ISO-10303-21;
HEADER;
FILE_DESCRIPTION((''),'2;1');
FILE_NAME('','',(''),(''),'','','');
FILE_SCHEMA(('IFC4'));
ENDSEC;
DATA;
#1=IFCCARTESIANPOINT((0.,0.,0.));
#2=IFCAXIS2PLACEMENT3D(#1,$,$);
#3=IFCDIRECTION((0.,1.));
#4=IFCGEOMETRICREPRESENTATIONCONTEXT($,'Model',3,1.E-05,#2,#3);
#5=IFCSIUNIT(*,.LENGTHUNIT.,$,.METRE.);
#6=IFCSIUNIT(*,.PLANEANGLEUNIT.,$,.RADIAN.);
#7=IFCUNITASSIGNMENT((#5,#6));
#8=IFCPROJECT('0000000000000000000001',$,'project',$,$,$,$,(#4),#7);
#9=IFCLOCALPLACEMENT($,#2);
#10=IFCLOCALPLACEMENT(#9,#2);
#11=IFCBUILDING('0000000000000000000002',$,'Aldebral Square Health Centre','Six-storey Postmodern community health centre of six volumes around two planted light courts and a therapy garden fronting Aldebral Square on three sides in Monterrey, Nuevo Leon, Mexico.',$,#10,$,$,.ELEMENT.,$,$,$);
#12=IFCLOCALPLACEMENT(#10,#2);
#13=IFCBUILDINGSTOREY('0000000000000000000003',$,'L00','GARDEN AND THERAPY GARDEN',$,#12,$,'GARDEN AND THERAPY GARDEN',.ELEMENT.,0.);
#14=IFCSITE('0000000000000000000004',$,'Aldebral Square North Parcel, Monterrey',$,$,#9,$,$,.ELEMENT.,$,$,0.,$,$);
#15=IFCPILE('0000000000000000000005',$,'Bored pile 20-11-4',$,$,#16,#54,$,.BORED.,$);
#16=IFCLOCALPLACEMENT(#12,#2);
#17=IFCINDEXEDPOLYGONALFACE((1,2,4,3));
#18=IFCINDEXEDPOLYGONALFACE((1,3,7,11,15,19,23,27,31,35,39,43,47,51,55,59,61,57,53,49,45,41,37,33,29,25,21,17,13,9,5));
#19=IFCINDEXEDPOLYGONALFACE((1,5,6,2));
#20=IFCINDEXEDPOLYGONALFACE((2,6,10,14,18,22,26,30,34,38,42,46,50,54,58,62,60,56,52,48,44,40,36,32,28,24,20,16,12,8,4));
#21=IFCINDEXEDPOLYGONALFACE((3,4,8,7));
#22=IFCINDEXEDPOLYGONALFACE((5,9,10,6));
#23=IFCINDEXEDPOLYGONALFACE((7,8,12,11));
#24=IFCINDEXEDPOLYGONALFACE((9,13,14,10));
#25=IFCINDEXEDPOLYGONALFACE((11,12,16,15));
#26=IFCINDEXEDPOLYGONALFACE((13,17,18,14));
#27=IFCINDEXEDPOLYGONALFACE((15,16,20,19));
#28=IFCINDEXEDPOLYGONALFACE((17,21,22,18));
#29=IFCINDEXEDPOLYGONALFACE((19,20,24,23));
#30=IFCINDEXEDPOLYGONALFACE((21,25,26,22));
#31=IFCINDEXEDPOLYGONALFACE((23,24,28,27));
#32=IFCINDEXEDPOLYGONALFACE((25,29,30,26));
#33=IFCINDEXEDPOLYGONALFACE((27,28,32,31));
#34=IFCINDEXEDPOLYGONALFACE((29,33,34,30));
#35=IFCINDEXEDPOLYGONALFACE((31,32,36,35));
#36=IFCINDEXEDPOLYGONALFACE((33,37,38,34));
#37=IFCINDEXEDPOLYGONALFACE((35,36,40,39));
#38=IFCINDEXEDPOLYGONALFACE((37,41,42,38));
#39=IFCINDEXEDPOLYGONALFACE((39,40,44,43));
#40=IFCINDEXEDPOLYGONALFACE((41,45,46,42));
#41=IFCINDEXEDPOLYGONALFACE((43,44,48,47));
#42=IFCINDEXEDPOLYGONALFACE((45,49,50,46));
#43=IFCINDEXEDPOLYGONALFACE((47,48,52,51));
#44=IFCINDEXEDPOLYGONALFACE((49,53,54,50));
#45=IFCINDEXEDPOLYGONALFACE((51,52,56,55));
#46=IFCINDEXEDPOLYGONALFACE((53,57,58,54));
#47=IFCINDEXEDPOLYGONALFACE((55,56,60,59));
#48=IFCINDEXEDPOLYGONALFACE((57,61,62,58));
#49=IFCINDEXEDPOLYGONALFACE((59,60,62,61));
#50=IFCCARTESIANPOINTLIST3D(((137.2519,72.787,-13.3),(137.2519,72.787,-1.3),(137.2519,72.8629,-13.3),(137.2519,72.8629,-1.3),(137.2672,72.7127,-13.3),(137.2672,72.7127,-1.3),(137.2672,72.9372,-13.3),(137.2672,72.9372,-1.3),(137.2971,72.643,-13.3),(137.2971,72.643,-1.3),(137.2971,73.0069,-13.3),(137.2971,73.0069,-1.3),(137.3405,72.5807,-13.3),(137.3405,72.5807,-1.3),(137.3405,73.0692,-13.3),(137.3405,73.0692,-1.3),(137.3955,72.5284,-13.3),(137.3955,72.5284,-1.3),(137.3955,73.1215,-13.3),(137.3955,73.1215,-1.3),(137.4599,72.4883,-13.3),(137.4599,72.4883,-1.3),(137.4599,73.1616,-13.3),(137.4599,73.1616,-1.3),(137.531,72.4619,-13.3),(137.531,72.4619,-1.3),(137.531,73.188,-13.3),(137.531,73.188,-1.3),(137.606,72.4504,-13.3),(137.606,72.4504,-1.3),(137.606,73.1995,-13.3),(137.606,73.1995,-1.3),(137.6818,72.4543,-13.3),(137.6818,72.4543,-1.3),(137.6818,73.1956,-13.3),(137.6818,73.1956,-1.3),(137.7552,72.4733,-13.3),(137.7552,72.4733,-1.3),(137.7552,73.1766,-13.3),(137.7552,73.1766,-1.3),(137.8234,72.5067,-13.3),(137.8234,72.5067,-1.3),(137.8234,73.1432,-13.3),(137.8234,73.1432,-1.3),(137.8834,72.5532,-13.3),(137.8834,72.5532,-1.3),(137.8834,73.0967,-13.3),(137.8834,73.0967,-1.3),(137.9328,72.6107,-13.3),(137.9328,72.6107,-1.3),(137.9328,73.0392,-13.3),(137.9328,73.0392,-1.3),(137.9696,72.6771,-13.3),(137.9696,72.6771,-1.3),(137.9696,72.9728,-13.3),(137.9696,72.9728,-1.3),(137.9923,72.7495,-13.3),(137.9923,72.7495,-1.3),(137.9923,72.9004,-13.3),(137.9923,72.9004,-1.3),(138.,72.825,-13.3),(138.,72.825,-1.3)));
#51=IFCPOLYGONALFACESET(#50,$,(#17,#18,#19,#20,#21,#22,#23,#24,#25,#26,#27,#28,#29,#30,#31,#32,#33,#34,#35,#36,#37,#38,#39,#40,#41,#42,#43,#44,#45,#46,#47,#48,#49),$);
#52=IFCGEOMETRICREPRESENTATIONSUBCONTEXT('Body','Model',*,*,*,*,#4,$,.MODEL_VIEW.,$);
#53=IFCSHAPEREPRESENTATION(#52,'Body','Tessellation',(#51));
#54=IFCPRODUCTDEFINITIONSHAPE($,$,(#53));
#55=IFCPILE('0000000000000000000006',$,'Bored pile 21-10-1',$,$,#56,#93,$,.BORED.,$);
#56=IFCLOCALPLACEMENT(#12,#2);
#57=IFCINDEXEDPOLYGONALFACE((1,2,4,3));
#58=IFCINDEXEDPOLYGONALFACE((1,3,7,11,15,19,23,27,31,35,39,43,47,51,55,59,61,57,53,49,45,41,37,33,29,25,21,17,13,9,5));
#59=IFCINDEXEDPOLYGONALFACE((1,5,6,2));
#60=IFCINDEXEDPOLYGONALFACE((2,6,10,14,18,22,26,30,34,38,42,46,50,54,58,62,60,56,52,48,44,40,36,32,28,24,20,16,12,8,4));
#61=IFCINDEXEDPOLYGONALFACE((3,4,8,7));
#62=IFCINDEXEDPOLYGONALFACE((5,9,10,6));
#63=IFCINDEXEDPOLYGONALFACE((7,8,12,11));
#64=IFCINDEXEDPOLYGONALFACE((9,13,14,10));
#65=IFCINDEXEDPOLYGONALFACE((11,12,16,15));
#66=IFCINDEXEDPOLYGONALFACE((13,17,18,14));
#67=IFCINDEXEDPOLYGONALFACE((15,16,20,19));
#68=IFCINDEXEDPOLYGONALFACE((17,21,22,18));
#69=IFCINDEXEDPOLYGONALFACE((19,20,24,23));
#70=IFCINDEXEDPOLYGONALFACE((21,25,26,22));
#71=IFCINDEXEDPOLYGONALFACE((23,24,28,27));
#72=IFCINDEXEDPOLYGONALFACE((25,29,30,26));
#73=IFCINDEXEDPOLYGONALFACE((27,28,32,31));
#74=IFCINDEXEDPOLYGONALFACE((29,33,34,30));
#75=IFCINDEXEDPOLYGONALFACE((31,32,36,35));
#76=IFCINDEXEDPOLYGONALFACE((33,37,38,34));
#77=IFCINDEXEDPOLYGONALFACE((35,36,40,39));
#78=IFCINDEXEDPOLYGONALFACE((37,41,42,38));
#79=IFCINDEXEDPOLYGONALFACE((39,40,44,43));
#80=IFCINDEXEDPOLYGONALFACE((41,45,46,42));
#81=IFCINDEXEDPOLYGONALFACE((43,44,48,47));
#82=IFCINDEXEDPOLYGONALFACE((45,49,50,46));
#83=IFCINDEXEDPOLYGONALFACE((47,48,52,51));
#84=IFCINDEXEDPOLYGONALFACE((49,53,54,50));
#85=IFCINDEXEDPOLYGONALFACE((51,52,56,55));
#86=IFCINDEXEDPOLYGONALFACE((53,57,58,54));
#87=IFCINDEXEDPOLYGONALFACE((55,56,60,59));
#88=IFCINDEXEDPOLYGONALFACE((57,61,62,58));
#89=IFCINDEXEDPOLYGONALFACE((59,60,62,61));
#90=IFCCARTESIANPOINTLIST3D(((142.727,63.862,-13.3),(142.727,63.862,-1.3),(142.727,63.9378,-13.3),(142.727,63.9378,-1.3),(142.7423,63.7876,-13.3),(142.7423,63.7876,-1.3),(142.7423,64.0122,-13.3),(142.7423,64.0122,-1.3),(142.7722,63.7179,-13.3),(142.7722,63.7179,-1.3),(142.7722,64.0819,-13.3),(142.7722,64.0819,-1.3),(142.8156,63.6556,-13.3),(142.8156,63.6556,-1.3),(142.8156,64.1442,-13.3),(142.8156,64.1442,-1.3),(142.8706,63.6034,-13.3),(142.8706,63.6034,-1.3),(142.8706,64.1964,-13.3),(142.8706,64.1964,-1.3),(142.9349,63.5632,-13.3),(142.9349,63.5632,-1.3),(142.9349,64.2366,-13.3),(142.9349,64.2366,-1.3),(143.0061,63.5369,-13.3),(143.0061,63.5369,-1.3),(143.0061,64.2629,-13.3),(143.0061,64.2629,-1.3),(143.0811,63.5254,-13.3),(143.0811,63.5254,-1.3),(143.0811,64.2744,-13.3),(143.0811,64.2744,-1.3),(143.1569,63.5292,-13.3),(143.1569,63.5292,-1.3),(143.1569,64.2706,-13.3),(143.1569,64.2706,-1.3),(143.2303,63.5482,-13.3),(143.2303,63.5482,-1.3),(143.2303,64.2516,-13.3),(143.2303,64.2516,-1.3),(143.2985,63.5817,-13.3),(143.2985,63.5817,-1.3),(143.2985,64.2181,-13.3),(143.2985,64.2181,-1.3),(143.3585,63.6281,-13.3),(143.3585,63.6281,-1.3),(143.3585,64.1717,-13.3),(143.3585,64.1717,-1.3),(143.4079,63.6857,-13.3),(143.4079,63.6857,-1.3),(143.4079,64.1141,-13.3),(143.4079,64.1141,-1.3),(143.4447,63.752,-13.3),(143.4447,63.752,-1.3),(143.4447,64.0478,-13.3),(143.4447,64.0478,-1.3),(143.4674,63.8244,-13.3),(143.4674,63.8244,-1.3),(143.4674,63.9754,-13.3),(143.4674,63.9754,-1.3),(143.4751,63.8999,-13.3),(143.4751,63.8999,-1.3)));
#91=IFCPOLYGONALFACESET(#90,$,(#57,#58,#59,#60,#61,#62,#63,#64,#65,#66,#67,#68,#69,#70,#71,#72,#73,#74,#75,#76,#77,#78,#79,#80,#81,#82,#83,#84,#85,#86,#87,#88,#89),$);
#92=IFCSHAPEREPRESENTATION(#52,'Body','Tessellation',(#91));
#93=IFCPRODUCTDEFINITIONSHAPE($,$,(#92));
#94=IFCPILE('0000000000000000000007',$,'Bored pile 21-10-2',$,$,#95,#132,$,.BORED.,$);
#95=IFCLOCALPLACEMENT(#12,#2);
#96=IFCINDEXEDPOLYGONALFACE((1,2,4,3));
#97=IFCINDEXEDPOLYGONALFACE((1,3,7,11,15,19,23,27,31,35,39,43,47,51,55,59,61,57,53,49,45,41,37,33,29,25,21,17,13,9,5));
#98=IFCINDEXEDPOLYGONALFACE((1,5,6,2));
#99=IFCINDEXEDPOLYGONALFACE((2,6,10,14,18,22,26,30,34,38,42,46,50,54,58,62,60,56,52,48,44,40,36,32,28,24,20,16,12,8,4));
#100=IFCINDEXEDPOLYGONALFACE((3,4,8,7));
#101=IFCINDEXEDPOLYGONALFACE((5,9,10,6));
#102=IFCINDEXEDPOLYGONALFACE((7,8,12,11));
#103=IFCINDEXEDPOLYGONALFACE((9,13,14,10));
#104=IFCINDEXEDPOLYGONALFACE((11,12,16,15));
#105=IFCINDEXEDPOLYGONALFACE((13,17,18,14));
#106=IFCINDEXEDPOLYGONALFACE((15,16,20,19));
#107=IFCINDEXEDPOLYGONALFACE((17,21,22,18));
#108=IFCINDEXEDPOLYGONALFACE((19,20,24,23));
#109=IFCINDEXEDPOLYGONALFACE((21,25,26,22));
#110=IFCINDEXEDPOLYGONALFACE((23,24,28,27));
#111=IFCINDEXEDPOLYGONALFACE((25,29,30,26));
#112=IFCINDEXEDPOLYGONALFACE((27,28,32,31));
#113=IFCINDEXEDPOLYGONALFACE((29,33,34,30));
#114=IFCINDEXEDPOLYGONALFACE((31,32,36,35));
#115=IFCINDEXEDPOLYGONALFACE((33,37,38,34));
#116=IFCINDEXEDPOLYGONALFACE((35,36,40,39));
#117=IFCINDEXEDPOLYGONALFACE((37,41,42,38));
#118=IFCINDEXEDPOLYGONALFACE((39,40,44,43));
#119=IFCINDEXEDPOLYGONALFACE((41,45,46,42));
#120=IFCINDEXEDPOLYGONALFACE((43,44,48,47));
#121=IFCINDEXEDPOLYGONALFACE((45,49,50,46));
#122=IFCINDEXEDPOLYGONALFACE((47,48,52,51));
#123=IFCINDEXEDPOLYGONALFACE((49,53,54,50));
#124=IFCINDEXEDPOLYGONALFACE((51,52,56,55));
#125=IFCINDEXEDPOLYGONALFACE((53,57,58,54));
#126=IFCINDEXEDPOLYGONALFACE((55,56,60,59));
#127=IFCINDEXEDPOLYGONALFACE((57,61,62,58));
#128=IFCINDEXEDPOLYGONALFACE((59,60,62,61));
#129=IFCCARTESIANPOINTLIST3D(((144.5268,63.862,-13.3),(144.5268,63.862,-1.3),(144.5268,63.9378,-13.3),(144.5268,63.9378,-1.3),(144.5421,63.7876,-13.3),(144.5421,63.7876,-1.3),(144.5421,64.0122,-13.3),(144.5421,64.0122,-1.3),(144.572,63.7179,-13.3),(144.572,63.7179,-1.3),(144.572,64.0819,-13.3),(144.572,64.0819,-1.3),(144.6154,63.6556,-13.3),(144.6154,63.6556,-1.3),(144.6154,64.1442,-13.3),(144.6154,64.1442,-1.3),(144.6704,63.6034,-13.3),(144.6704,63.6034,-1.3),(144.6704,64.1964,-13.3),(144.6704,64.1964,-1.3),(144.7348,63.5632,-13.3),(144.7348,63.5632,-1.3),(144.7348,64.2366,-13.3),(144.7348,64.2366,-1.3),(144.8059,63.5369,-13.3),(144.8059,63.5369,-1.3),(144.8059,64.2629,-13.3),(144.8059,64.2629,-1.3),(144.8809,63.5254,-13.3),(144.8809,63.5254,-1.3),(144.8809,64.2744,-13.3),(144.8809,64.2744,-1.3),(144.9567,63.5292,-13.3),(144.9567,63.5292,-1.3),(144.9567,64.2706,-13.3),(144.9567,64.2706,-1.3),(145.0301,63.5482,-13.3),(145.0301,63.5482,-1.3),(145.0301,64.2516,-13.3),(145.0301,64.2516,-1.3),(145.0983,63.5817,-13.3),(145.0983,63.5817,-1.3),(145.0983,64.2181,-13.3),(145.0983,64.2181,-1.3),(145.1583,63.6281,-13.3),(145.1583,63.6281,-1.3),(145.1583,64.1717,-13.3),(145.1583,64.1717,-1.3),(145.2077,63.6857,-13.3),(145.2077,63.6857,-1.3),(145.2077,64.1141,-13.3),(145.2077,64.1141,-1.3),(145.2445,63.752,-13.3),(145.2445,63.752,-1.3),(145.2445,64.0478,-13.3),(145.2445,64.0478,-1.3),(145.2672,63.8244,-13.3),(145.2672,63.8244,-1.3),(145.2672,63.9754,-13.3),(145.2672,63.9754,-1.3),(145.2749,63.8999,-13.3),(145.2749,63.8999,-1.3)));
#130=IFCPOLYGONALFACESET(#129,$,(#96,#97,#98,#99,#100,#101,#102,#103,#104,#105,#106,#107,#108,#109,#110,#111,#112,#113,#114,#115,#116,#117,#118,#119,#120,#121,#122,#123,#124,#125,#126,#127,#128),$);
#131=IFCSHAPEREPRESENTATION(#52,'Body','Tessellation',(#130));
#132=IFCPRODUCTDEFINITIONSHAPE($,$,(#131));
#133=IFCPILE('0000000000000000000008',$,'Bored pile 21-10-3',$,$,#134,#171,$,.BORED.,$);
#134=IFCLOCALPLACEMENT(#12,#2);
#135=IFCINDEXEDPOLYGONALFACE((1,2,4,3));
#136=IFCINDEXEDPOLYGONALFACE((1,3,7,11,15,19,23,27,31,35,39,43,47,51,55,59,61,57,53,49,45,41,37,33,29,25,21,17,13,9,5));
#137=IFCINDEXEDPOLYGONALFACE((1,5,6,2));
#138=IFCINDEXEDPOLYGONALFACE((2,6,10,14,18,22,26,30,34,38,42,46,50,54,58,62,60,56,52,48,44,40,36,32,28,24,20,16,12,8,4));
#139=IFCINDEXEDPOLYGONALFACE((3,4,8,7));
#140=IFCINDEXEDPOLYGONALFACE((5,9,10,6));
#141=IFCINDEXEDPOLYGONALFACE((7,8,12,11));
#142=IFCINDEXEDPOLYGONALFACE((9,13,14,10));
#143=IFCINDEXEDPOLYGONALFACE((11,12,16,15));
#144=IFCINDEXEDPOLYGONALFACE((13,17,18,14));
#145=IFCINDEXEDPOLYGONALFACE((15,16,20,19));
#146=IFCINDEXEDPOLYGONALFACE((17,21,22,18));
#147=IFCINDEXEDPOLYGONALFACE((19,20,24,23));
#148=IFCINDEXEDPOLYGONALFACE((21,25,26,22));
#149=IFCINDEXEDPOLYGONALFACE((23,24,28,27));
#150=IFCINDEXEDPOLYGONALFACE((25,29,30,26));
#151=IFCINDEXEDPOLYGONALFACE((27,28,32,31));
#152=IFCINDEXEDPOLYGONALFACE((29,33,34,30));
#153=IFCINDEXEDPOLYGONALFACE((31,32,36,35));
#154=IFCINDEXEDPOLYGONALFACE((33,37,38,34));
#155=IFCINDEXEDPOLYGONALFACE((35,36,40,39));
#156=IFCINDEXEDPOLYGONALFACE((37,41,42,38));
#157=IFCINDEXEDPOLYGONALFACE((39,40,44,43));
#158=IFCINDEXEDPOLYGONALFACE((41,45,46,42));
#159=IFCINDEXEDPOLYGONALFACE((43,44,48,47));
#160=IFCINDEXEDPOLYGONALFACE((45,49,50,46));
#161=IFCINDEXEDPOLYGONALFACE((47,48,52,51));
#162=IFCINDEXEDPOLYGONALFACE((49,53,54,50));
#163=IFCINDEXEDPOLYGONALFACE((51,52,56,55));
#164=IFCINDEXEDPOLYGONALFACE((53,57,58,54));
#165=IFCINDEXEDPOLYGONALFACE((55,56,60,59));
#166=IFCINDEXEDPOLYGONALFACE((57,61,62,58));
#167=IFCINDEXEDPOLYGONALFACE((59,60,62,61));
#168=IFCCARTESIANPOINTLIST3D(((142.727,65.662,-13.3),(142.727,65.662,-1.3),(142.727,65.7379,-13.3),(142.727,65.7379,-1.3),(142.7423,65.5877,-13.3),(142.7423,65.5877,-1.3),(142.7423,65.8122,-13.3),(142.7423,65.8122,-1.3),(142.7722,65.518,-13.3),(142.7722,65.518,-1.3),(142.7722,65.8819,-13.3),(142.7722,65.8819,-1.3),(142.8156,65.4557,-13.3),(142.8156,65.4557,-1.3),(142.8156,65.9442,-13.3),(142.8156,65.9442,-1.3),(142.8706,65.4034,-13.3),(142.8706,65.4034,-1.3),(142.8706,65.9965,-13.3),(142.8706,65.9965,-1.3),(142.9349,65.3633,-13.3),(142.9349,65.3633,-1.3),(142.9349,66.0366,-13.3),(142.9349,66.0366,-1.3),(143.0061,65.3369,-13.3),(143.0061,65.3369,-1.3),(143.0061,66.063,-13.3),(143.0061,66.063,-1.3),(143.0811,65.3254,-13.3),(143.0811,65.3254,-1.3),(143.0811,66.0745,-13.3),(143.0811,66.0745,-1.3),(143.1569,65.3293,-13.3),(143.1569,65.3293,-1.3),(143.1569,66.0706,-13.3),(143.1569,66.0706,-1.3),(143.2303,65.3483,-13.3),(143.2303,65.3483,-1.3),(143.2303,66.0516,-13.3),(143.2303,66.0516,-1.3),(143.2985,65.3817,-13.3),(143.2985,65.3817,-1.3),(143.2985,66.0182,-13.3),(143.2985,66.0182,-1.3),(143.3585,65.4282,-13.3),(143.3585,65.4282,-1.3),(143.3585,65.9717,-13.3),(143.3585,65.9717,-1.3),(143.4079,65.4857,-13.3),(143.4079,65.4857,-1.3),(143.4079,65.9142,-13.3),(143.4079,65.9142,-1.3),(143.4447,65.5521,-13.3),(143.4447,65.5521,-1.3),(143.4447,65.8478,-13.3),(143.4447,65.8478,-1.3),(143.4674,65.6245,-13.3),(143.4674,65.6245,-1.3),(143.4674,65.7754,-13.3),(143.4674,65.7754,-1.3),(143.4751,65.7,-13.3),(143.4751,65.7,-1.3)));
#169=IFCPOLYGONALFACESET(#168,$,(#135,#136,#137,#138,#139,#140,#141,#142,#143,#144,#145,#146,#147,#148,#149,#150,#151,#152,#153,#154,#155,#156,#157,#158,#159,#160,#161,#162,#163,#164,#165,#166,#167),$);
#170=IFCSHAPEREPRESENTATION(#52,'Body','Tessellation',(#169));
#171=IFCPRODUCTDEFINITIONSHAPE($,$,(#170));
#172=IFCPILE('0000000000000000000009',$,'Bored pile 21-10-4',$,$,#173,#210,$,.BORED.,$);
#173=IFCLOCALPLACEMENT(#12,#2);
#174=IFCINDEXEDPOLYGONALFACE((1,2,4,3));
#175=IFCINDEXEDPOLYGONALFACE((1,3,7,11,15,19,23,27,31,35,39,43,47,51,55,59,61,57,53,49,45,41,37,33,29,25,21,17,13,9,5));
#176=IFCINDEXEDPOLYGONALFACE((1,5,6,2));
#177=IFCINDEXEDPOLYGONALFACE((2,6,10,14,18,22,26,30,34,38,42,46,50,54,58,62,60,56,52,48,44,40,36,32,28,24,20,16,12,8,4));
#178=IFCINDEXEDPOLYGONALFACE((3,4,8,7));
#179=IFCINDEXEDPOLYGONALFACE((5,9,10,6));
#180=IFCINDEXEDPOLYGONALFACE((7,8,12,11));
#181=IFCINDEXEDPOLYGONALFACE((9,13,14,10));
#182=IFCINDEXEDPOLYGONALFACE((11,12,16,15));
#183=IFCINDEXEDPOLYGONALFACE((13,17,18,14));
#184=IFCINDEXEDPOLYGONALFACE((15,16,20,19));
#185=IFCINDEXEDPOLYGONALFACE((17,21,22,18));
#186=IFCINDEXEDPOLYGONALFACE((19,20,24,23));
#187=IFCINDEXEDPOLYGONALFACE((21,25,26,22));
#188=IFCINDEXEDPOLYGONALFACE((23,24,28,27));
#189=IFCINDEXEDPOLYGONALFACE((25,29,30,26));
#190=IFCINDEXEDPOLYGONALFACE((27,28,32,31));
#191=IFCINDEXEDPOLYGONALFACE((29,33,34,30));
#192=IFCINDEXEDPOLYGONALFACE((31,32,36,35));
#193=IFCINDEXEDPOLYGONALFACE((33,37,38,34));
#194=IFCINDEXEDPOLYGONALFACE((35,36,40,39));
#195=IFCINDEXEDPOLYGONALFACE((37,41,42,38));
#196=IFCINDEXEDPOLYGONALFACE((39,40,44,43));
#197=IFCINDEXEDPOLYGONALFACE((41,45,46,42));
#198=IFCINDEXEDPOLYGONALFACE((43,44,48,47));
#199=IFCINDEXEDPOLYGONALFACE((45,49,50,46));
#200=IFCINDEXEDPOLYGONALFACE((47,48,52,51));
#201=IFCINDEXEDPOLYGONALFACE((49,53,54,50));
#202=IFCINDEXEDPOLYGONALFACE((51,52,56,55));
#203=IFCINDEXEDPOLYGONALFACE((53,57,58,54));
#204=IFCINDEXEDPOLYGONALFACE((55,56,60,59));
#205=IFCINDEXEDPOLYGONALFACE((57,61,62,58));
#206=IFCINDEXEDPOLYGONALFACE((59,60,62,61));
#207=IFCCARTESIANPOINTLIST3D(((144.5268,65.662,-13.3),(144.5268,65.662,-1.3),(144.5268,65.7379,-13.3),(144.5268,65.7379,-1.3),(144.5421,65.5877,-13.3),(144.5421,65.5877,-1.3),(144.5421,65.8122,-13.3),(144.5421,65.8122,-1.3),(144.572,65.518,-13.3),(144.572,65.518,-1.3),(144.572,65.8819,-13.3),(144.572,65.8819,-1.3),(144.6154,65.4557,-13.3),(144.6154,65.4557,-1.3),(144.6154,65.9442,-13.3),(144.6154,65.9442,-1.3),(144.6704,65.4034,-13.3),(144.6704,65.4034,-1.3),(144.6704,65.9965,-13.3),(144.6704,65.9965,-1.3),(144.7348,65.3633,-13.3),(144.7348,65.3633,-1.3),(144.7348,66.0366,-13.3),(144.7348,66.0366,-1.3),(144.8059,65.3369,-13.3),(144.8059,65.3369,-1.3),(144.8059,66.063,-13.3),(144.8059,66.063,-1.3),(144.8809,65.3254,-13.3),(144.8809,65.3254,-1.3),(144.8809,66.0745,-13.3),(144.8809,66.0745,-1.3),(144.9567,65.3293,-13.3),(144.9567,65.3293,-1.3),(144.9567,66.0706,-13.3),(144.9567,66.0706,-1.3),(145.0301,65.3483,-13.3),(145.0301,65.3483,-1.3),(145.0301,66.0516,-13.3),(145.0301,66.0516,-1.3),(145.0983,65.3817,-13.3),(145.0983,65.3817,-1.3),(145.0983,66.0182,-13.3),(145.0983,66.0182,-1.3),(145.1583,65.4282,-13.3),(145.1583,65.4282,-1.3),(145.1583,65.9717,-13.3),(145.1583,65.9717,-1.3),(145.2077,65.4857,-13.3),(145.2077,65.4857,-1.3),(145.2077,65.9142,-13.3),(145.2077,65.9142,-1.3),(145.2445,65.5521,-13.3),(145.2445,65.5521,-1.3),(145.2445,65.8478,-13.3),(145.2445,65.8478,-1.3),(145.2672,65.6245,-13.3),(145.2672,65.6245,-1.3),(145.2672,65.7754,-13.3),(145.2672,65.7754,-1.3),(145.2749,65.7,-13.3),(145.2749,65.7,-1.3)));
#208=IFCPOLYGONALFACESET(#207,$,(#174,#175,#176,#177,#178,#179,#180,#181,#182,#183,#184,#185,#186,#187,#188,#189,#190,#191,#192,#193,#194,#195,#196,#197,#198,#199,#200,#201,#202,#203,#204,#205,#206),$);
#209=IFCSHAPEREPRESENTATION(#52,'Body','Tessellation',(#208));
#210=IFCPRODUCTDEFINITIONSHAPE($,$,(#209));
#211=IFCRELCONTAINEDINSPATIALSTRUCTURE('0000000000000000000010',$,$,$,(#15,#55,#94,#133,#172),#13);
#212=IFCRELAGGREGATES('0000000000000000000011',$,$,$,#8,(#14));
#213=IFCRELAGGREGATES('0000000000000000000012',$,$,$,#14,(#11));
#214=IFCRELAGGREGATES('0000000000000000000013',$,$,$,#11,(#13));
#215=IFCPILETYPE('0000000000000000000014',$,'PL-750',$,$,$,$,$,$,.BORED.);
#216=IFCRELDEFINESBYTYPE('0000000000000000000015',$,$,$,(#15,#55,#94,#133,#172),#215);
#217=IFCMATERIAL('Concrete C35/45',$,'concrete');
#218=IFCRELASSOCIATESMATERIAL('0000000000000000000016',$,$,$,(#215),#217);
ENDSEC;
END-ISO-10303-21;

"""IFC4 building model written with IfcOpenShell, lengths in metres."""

from ifc_helpers import new_model, si_unit, direction, frame, origin, origin_2d, place, context, subcontext, project, spatial, circle, extrude, material, material_profile, profile_set, type_object, element, save


model = new_model("IFC4")

# Units and contexts
model_context = context("Model", 3, precision=1e-05, world=origin(), true_north=direction((0.0, 1.0)))
body_context = subcontext(model_context, "Body", "Model", "MODEL_VIEW")
ifc_project = project(units=[si_unit("LENGTHUNIT", "METRE"), si_unit("PLANEANGLEUNIT", "RADIAN")], contexts=[model_context])

# Site, building, storey
site_placement = place(None, origin())
site = spatial("IfcSite", under=ifc_project, at=site_placement, Name="Aldebral Square North Parcel, Monterrey", CompositionType="ELEMENT", RefElevation=0.0)
building_placement = place(site_placement, origin())
building = spatial("IfcBuilding", under=site, at=building_placement, Name="Aldebral Square Health Centre", Description="Six-storey Postmodern community health centre of six volumes around two planted light courts and a therapy garden fronting Aldebral Square on three sides in Monterrey, Nuevo Leon, Mexico.", CompositionType="ELEMENT")
storey_placement = place(building_placement, origin())
storey = spatial("IfcBuildingStorey", under=building, at=storey_placement, Name="L00", Description="GARDEN AND THERAPY GARDEN", LongName="GARDEN AND THERAPY GARDEN", CompositionType="ELEMENT", Elevation=0.0)

# Shared definitions
ifc_material_1 = material(Name="Concrete C35/45", Category="concrete")

# Piles
ifc_material_profile_1 = material_profile(ifc_material_1, circle(Radius=0.375, at=origin_2d()), Name="PILE D750")
ifc_profile_set_1 = profile_set([ifc_material_profile_1], Name="Concrete C35/45")
pile_type_1 = type_object("IfcPileType", Name="PL-750", PredefinedType="BORED", material=ifc_profile_set_1)
for number, where, z_axis, x_axis, name in (
    (1, (137.625, 72.825, -1.3), (0.0, 0.0, -1.0), (1.0, 0.0, 0.0), "Bored pile 20-11-4"),
    (2, (143.1001, 63.8999, -1.3), (0.0, 0.0, -1.0), (1.0, 0.0, 0.0), "Bored pile 21-10-1"),
    (3, (144.8999, 63.8999, -1.3), (0.0, 0.0, -1.0), (1.0, 0.0, 0.0), "Bored pile 21-10-2"),
    (4, (143.1001, 65.7, -1.3), (0.0, 0.0, -1.0), (1.0, 0.0, 0.0), "Bored pile 21-10-3"),
    (5, (144.8999, 65.7, -1.3), (0.0, 0.0, -1.0), (1.0, 0.0, 0.0), "Bored pile 21-10-4"),
):
    element("IfcPile", number, at=place(storey_placement, frame(where, z_axis=z_axis, x_axis=x_axis)), inside=storey, type_object=pile_type_1, Name=name, PredefinedType="BORED", context=body_context, shape_type="SweptSolid", body=[
        extrude(circle(Radius=0.375, at=origin_2d()), origin(), (0.0, 0.0, 1.0), 12.0),
    ])

save(model, "model.ifc")
